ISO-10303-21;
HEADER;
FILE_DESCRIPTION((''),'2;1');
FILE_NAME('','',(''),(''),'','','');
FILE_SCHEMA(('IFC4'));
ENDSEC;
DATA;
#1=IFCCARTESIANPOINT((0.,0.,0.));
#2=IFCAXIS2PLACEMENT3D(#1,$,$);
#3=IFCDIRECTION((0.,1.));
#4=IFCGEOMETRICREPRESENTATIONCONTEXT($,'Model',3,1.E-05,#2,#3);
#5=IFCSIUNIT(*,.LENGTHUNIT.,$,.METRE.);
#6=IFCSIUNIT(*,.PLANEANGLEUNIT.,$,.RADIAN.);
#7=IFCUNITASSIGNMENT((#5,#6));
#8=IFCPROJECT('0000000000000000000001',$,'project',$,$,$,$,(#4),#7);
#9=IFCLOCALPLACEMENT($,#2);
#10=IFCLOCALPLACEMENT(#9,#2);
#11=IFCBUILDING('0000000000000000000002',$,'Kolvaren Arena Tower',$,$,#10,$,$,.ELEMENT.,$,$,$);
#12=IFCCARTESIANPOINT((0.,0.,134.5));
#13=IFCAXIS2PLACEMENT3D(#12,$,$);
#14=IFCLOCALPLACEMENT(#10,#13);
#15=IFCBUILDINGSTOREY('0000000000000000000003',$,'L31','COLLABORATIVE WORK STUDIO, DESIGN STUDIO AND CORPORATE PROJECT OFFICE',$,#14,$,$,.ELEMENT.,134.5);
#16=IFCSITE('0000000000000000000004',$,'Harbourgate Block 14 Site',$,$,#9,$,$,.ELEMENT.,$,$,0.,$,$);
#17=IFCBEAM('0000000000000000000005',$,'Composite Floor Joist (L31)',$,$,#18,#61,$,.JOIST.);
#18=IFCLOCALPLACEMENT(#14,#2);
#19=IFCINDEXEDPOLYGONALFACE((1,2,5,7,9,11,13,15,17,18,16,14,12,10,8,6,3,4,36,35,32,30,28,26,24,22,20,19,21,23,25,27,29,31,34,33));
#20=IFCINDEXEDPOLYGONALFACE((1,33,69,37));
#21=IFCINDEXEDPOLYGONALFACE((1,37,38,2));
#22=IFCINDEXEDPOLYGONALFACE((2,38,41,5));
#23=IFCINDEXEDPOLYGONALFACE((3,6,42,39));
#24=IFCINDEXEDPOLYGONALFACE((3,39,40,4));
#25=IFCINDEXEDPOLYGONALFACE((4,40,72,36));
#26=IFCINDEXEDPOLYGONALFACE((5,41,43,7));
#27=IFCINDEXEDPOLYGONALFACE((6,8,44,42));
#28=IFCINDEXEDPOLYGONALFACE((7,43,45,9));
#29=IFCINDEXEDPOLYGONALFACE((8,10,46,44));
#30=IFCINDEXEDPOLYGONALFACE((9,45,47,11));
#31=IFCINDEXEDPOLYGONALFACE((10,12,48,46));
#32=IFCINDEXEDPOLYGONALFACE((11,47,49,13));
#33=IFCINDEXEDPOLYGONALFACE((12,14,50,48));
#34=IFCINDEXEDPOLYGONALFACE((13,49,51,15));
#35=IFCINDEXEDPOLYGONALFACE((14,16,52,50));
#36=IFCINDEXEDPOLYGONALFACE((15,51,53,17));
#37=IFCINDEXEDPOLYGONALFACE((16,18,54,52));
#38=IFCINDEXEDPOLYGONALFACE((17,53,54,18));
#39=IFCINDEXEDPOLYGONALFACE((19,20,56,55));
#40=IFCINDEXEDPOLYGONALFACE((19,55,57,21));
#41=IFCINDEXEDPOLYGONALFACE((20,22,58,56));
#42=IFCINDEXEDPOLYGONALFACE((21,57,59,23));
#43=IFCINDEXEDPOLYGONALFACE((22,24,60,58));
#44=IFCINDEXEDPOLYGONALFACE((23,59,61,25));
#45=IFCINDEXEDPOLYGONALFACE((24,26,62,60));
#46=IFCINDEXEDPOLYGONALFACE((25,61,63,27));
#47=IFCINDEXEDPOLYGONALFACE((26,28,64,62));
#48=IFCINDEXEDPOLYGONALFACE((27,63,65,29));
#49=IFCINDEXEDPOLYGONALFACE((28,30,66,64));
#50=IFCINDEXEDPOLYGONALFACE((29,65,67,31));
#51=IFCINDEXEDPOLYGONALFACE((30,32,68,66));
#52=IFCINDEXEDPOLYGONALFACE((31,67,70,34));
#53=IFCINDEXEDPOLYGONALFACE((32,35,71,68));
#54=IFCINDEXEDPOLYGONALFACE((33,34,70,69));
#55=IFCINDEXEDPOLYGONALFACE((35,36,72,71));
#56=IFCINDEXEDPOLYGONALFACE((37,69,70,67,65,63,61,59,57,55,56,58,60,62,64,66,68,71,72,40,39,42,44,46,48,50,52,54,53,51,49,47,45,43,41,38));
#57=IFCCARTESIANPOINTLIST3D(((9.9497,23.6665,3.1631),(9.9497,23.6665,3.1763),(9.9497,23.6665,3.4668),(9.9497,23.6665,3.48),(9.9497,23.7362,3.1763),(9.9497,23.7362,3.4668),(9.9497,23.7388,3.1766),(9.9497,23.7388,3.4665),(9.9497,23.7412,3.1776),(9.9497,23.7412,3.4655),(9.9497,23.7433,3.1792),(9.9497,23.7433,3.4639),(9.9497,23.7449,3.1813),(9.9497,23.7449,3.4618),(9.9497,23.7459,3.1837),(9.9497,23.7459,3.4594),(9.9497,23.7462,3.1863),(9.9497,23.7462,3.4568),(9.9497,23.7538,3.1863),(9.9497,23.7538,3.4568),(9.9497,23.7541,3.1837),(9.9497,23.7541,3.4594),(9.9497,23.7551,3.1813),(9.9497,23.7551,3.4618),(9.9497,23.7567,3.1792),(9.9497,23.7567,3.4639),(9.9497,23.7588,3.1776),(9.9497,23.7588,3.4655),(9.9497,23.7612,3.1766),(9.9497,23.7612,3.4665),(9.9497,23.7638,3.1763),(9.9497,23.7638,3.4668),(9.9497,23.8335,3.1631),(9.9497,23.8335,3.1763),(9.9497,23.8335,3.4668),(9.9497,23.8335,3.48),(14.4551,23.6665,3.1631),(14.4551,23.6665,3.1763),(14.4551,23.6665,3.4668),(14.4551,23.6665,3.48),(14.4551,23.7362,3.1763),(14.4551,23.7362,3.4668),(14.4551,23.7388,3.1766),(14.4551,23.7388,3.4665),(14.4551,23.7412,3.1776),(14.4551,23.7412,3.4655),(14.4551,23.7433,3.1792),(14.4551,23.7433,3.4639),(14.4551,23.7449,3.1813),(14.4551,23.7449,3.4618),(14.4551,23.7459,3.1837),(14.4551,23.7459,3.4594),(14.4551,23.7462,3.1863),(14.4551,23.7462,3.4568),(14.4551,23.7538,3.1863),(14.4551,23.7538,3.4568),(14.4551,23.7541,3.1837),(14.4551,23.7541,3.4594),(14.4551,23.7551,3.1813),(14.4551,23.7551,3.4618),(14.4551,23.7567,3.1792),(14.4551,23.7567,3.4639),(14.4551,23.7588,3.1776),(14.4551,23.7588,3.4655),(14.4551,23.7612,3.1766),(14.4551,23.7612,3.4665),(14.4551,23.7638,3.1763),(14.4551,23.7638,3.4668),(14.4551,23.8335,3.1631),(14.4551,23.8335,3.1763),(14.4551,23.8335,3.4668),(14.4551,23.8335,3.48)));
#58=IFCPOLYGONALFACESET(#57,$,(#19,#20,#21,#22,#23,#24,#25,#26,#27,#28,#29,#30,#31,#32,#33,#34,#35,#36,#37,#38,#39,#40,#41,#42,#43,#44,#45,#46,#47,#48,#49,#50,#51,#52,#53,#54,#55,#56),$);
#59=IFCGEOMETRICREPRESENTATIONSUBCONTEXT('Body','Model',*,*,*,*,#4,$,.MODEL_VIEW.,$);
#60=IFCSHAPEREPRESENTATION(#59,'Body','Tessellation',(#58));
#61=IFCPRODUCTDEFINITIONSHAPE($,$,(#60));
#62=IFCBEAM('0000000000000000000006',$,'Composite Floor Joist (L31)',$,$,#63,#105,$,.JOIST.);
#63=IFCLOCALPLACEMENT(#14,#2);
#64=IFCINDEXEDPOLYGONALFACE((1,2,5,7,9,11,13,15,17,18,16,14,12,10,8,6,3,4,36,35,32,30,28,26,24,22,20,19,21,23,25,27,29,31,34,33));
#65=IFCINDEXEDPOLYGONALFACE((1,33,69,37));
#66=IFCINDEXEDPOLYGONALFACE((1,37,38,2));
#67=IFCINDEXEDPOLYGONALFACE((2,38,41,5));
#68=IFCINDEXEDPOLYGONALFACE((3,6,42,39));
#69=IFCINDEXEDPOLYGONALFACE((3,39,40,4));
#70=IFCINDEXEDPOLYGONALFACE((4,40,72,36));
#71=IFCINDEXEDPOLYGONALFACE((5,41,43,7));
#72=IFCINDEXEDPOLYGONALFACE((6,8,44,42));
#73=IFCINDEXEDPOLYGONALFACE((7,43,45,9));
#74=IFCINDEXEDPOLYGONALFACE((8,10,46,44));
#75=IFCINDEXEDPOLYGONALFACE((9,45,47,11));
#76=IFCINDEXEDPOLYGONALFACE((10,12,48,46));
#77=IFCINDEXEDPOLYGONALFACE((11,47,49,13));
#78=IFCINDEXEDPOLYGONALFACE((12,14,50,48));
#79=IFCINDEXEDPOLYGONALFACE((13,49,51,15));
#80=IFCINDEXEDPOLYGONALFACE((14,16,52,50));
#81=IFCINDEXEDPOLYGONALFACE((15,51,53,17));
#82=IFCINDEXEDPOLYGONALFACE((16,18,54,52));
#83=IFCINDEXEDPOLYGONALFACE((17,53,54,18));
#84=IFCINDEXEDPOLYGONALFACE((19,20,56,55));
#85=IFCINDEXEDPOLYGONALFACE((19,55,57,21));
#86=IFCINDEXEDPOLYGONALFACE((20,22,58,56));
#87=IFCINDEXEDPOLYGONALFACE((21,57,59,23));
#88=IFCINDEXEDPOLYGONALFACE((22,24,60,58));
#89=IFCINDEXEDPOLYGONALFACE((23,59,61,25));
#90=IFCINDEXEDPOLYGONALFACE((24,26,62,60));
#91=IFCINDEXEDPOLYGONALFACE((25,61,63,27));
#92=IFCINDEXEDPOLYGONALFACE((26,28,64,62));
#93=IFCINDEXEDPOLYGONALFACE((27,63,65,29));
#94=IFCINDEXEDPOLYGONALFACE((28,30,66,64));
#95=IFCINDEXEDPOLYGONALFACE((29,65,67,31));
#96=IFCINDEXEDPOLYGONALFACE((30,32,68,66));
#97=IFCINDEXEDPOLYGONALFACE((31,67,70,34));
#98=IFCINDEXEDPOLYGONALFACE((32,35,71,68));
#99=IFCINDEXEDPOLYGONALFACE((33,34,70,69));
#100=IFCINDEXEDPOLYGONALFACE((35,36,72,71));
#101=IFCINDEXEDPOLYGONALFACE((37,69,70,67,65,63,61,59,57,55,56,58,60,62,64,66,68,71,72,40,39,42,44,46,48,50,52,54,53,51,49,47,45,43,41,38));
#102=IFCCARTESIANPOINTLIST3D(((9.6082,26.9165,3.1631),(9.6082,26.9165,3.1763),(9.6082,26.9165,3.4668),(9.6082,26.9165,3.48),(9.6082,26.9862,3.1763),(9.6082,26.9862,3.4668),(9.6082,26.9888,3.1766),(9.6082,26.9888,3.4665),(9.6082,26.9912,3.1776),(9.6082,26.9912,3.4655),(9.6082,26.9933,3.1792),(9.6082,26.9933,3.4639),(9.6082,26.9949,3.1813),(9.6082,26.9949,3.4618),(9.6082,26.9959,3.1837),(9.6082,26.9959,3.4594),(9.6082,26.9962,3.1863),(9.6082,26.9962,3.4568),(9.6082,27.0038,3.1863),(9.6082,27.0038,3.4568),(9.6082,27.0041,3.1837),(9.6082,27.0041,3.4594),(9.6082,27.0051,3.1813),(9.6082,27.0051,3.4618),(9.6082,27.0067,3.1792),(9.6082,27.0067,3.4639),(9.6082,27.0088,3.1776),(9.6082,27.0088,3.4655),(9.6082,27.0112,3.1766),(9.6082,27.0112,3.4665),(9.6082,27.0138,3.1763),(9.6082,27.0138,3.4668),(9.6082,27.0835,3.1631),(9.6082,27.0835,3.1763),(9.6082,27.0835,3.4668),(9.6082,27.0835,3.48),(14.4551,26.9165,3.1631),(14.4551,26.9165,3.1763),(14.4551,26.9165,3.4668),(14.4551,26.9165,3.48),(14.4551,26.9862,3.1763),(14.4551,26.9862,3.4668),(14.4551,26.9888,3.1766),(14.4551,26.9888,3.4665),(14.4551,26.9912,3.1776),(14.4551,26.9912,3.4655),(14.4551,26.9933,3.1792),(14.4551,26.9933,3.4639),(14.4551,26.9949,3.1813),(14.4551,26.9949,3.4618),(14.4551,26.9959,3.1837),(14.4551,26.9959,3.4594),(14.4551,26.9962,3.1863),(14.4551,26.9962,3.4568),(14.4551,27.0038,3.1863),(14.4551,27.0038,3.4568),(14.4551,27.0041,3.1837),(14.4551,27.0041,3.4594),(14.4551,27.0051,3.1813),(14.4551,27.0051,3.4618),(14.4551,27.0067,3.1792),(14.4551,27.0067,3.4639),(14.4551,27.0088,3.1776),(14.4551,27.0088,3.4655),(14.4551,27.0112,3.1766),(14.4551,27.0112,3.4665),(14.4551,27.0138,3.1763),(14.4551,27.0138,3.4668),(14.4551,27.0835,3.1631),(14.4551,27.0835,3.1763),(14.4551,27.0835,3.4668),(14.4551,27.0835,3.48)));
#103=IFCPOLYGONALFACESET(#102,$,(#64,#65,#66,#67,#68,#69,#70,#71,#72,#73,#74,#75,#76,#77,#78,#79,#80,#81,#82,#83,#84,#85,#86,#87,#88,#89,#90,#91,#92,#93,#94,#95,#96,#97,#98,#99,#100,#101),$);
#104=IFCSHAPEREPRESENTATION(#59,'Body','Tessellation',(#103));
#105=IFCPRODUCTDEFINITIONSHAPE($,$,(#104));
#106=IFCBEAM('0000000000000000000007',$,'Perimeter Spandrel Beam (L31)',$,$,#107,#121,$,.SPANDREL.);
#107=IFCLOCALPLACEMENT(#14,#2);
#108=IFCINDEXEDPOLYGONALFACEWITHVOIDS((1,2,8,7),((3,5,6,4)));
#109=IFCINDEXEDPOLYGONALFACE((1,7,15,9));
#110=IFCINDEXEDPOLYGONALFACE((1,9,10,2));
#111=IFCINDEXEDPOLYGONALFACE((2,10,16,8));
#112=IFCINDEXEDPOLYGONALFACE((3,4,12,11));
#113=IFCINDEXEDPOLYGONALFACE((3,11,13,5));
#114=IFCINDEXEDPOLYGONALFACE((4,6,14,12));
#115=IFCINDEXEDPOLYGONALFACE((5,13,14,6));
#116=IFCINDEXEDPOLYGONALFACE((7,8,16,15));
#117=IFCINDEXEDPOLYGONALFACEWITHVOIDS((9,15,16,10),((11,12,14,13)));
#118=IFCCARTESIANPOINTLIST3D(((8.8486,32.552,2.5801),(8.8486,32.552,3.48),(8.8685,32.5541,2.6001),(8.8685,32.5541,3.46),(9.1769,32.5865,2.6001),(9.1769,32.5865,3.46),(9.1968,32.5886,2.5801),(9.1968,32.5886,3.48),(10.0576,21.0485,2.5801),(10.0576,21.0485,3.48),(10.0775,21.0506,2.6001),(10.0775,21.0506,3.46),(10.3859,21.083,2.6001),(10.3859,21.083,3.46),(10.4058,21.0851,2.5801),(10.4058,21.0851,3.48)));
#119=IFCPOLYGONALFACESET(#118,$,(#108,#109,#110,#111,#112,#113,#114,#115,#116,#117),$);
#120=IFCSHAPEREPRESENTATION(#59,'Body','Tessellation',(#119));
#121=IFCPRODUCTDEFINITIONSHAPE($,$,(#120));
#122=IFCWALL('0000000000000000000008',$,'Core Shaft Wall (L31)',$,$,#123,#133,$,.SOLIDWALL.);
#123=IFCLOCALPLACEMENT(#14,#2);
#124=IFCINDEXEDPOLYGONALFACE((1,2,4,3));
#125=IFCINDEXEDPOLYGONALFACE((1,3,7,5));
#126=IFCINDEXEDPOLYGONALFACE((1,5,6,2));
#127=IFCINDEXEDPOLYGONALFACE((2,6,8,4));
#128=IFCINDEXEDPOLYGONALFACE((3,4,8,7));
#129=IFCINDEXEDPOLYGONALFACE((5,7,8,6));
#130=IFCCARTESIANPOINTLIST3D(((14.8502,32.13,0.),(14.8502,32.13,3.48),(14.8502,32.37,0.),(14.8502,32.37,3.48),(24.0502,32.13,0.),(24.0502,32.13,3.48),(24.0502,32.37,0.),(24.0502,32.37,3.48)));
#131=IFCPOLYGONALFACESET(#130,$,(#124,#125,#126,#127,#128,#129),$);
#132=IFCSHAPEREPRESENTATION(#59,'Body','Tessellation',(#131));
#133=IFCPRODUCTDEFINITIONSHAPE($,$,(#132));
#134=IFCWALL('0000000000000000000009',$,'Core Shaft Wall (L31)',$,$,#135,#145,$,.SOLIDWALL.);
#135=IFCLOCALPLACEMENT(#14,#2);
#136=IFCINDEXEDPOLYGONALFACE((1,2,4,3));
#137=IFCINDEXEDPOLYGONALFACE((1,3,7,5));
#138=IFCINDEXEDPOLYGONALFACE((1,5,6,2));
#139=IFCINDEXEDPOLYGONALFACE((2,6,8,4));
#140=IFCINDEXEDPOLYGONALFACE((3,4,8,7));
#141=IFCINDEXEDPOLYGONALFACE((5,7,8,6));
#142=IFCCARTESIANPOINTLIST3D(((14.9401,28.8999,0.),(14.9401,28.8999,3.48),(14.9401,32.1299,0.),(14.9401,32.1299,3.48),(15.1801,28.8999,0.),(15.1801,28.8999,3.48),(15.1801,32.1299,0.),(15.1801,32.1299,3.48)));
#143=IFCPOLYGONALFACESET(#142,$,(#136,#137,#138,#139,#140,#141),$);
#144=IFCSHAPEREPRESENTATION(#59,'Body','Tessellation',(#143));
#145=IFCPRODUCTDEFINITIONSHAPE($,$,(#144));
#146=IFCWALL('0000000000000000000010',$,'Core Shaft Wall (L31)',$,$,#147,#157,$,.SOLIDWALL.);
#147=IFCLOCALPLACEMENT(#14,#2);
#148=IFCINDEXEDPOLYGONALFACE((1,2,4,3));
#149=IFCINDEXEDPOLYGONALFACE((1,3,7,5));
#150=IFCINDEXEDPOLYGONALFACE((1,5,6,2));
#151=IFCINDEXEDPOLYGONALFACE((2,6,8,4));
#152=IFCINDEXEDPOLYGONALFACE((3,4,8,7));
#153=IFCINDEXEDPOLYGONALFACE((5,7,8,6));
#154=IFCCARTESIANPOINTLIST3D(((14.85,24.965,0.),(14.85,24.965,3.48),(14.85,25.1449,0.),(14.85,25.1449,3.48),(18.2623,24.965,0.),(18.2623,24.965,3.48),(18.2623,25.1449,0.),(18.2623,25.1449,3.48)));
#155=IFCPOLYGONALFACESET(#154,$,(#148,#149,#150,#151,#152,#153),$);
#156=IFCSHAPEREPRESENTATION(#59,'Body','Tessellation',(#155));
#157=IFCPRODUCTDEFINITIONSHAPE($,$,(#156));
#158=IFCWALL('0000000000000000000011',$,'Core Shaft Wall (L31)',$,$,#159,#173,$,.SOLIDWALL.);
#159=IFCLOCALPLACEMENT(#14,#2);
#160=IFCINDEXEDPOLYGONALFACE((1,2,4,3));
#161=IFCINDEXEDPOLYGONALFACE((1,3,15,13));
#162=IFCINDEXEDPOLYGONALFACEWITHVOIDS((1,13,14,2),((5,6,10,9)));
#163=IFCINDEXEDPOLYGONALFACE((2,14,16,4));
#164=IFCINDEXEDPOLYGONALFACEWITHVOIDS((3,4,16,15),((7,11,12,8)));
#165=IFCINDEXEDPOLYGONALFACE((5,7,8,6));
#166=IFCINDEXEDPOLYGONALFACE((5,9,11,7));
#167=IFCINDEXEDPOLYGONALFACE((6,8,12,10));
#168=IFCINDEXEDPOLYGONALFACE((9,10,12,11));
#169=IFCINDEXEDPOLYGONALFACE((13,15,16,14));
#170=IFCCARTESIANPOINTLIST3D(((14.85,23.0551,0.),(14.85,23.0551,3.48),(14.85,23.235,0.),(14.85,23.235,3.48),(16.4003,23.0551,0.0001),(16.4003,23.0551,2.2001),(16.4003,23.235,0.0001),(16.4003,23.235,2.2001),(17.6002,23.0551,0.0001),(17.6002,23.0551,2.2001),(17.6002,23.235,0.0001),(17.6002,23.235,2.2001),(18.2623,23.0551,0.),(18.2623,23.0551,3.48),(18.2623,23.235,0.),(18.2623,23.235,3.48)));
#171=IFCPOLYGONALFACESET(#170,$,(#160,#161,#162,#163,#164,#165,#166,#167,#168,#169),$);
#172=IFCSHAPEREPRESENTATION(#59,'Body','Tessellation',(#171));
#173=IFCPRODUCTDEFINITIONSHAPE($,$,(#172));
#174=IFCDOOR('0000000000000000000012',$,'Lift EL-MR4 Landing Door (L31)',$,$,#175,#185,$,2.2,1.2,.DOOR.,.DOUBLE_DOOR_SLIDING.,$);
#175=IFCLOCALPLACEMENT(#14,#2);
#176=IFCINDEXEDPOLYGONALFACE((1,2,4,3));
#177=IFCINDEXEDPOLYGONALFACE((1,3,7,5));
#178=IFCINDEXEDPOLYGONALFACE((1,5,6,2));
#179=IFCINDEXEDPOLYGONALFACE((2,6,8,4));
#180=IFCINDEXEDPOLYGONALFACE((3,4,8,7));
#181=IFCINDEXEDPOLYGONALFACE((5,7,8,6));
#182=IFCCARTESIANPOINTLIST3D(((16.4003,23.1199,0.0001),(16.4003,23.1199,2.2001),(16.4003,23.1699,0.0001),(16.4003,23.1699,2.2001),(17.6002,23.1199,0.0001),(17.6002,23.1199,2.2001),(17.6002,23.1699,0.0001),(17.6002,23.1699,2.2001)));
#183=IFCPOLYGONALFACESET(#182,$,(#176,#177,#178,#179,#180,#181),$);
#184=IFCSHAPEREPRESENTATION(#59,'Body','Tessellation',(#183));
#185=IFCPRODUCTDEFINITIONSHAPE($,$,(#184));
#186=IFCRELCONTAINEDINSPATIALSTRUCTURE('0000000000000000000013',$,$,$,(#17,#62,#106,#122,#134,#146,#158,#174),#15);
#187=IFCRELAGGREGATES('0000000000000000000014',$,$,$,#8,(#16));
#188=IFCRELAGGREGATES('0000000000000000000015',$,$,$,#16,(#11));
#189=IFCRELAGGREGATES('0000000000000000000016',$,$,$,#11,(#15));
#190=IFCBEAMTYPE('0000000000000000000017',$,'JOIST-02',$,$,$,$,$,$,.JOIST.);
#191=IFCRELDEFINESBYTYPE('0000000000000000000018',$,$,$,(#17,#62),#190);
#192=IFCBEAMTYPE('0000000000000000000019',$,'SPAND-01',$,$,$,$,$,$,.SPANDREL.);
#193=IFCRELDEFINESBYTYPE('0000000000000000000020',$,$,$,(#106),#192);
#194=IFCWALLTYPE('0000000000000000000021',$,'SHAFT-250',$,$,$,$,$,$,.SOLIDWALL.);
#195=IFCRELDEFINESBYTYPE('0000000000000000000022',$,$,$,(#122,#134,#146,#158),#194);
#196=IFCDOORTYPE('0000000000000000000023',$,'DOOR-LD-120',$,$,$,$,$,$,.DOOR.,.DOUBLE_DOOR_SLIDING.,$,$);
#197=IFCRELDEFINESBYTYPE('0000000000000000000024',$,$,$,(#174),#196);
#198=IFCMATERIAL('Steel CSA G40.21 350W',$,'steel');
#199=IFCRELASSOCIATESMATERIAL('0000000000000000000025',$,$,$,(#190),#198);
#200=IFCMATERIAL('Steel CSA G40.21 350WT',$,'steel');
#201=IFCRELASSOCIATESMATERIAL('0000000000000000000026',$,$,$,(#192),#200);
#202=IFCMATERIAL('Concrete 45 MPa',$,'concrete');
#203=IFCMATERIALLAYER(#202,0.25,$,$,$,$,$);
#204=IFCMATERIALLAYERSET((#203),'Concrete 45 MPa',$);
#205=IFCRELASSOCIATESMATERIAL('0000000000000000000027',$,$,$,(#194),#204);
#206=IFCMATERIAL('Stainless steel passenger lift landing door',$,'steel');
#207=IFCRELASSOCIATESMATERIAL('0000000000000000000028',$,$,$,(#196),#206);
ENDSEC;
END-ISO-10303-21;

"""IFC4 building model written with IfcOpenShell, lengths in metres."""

from ifc_helpers import new_model, si_unit, direction, frame, frame_2d, origin, origin_2d, place, context, subcontext, project, spatial, rectangle, hollow_rectangle, i_section, extrude, material, layer, layer_set, material_profile, profile_set, type_object, element, fill, save


model = new_model("IFC4")

# Units and contexts
model_context = context("Model", 3, precision=1e-05, world=origin(), true_north=direction((0.0, 1.0)))
body_context = subcontext(model_context, "Body", "Model", "MODEL_VIEW")
ifc_project = project(units=[si_unit("LENGTHUNIT", "METRE"), si_unit("PLANEANGLEUNIT", "RADIAN")], contexts=[model_context])

# Site, building, storey
site_placement = place(None, origin())
site = spatial("IfcSite", under=ifc_project, at=site_placement, Name="Harbourgate Block 14 Site", CompositionType="ELEMENT", RefElevation=0.0)
building_placement = place(site_placement, origin())
building = spatial("IfcBuilding", under=site, at=building_placement, Name="Kolvaren Arena Tower", CompositionType="ELEMENT")
storey_placement = place(building_placement, frame((0.0, 0.0, 134.5)))
storey = spatial("IfcBuildingStorey", under=building, at=storey_placement, Name="L31", Description="COLLABORATIVE WORK STUDIO, DESIGN STUDIO AND CORPORATE PROJECT OFFICE", CompositionType="ELEMENT", Elevation=134.5)

# Beams
ifc_material_1 = material(Name="Steel CSA G40.21 350W", Category="steel")
ifc_material_profile_1 = material_profile(ifc_material_1, i_section(OverallWidth=0.167, OverallDepth=0.3169, WebThickness=0.0076, FlangeThickness=0.0132, FilletRadius=0.01, at=origin_2d()), Name="W310x52")
ifc_profile_set_1 = profile_set([ifc_material_profile_1], Name="Steel CSA G40.21 350W")
beam_type_1 = type_object("IfcBeamType", Name="JOIST-02", PredefinedType="JOIST", material=ifc_profile_set_1)
beam_1_placement = place(storey_placement, frame((9.9497, 23.75, 3.3215), z_axis=(1.0, 0.0, 0.0), x_axis=(0.0, 1.0, 0.0)))
element("IfcBeam", 1, at=beam_1_placement, inside=storey, type_object=beam_type_1, Name="Composite Floor Joist (L31)", PredefinedType="JOIST", context=body_context, shape_type="SweptSolid", body=[
    extrude(i_section(OverallWidth=0.167, OverallDepth=0.3169, WebThickness=0.0076, FlangeThickness=0.0132, FilletRadius=0.01, at=origin_2d()), origin(), (0.0, 0.0, 1.0), 4.5054),
])
beam_2_placement = place(storey_placement, frame((9.6082, 27.0, 3.3215), z_axis=(1.0, 0.0, 0.0), x_axis=(0.0, 1.0, 0.0)))
element("IfcBeam", 2, at=beam_2_placement, inside=storey, type_object=beam_type_1, Name="Composite Floor Joist (L31)", PredefinedType="JOIST", context=body_context, shape_type="SweptSolid", body=[
    extrude(i_section(OverallWidth=0.167, OverallDepth=0.3169, WebThickness=0.0076, FlangeThickness=0.0132, FilletRadius=0.01, at=origin_2d()), origin(), (0.0, 0.0, 1.0), 4.8469),
])
ifc_material_2 = material(Name="Steel CSA G40.21 350WT", Category="steel")
ifc_material_profile_2 = material_profile(ifc_material_2, hollow_rectangle(XDim=0.3501, YDim=0.8999, WallThickness=0.02, at=origin_2d()), Name="HSS 900x350x20")
ifc_profile_set_2 = profile_set([ifc_material_profile_2], Name="Steel CSA G40.21 350WT")
beam_type_2 = type_object("IfcBeamType", Name="SPAND-01", PredefinedType="SPANDREL", material=ifc_profile_set_2)
beam_3_placement = place(storey_placement, frame((9.0227, 32.5703, 3.03), z_axis=(0.104522, -0.994523, 0.0), x_axis=(0.994523, 0.104522, 0.0)))
element("IfcBeam", 3, at=beam_3_placement, inside=storey, type_object=beam_type_2, Name="Perimeter Spandrel Beam (L31)", PredefinedType="SPANDREL", context=body_context, shape_type="SweptSolid", body=[
    extrude(hollow_rectangle(XDim=0.3501, YDim=0.8999, WallThickness=0.02, at=origin_2d()), origin(), (0.0, 0.0, 1.0), 11.5669),
])

# Walls
ifc_material_3 = material(Name="Concrete 45 MPa", Category="concrete")
ifc_layer = layer(ifc_material_3, 0.25)
ifc_layer_set = layer_set([ifc_layer], Name="Concrete 45 MPa")
wall_type = type_object("IfcWallType", Name="SHAFT-250", PredefinedType="SOLIDWALL", material=ifc_layer_set)
wall_1_placement = place(storey_placement, frame((14.8501, 32.25, 0.0), z_axis=(0.0, 0.0, 1.0), x_axis=(1.0, 0.0, 0.0)))
element("IfcWall", 4, at=wall_1_placement, inside=storey, type_object=wall_type, Name="Core Shaft Wall (L31)", PredefinedType="SOLIDWALL", context=body_context, shape_type="SweptSolid", body=[
    extrude(rectangle(XDim=9.2, YDim=0.24, at=frame_2d((4.6001, 0.0))), origin(), (0.0, 0.0, 1.0), 3.48),
])
wall_2_placement = place(storey_placement, frame((15.0601, 28.8999, 0.0), z_axis=(0.0, 0.0, 1.0), x_axis=(0.0, 1.0, 0.0)))
element("IfcWall", 5, at=wall_2_placement, inside=storey, type_object=wall_type, Name="Core Shaft Wall (L31)", PredefinedType="SOLIDWALL", context=body_context, shape_type="SweptSolid", body=[
    extrude(rectangle(XDim=3.23, YDim=0.24, at=frame_2d((1.615, 0.0))), origin(), (0.0, 0.0, 1.0), 3.48),
])
wall_3_placement = place(storey_placement, frame((14.8501, 25.0549, 0.0), z_axis=(0.0, 0.0, 1.0), x_axis=(1.0, 0.0, 0.0)))
element("IfcWall", 6, at=wall_3_placement, inside=storey, type_object=wall_type, Name="Core Shaft Wall (L31)", PredefinedType="SOLIDWALL", context=body_context, shape_type="SweptSolid", body=[
    extrude(rectangle(XDim=3.4124, YDim=0.1799, at=frame_2d((1.7061, 0.0))), origin(), (0.0, 0.0, 1.0), 3.48),
])

# Wall, opening, door
wall_4_placement = place(storey_placement, frame((14.8501, 23.145, 0.0), z_axis=(0.0, 0.0, 1.0), x_axis=(1.0, 0.0, 0.0)))
wall_4 = element("IfcWall", 7, at=wall_4_placement, inside=storey, type_object=wall_type, Name="Core Shaft Wall (L31)", PredefinedType="SOLIDWALL", context=body_context, shape_type="SweptSolid", body=[
    extrude(rectangle(XDim=3.4124, YDim=0.1799, at=frame_2d((1.7061, 0.0))), origin(), (0.0, 0.0, 1.0), 3.48),
])
opening_1_placement = place(wall_4_placement, frame((1.55, 0.0, 0.0)))
opening_1 = element("IfcOpeningElement", 8, at=opening_1_placement, cuts=wall_4, PredefinedType="OPENING", context=body_context, shape_type="SweptSolid", body=[
    extrude(rectangle(XDim=1.2, YDim=2.2, at=frame_2d((0.6001, 1.1001))), frame((0.0, 0.0999, 0.0), z_axis=(0.0, -1.0, 0.0), x_axis=(1.0, 0.0, 0.0)), (0.0, 0.0, 1.0), 0.2),
])
ifc_material_4 = material(Name="Stainless steel passenger lift landing door", Category="steel")
door_type_1 = type_object("IfcDoorType", Name="DOOR-LD-120", OperationType="DOUBLE_DOOR_SLIDING", PredefinedType="DOOR", material=ifc_material_4)
door_1_placement = place(opening_1_placement, origin())
door_1 = element("IfcDoor", 9, at=door_1_placement, inside=storey, type_object=door_type_1, Name="Lift EL-MR4 Landing Door (L31)", OperationType="DOUBLE_DOOR_SLIDING", OverallHeight=2.2, OverallWidth=1.2, PredefinedType="DOOR", context=body_context, shape_type="SweptSolid", body=[
    extrude(rectangle(XDim=1.2, YDim=2.2, at=frame_2d((0.6001, 1.1001))), frame((0.0, 0.0249, 0.0), z_axis=(0.0, -1.0, 0.0), x_axis=(1.0, 0.0, 0.0)), (0.0, 0.0, 1.0), 0.05),
])
fill(opening_1, door_1)

save(model, "model.ifc")
